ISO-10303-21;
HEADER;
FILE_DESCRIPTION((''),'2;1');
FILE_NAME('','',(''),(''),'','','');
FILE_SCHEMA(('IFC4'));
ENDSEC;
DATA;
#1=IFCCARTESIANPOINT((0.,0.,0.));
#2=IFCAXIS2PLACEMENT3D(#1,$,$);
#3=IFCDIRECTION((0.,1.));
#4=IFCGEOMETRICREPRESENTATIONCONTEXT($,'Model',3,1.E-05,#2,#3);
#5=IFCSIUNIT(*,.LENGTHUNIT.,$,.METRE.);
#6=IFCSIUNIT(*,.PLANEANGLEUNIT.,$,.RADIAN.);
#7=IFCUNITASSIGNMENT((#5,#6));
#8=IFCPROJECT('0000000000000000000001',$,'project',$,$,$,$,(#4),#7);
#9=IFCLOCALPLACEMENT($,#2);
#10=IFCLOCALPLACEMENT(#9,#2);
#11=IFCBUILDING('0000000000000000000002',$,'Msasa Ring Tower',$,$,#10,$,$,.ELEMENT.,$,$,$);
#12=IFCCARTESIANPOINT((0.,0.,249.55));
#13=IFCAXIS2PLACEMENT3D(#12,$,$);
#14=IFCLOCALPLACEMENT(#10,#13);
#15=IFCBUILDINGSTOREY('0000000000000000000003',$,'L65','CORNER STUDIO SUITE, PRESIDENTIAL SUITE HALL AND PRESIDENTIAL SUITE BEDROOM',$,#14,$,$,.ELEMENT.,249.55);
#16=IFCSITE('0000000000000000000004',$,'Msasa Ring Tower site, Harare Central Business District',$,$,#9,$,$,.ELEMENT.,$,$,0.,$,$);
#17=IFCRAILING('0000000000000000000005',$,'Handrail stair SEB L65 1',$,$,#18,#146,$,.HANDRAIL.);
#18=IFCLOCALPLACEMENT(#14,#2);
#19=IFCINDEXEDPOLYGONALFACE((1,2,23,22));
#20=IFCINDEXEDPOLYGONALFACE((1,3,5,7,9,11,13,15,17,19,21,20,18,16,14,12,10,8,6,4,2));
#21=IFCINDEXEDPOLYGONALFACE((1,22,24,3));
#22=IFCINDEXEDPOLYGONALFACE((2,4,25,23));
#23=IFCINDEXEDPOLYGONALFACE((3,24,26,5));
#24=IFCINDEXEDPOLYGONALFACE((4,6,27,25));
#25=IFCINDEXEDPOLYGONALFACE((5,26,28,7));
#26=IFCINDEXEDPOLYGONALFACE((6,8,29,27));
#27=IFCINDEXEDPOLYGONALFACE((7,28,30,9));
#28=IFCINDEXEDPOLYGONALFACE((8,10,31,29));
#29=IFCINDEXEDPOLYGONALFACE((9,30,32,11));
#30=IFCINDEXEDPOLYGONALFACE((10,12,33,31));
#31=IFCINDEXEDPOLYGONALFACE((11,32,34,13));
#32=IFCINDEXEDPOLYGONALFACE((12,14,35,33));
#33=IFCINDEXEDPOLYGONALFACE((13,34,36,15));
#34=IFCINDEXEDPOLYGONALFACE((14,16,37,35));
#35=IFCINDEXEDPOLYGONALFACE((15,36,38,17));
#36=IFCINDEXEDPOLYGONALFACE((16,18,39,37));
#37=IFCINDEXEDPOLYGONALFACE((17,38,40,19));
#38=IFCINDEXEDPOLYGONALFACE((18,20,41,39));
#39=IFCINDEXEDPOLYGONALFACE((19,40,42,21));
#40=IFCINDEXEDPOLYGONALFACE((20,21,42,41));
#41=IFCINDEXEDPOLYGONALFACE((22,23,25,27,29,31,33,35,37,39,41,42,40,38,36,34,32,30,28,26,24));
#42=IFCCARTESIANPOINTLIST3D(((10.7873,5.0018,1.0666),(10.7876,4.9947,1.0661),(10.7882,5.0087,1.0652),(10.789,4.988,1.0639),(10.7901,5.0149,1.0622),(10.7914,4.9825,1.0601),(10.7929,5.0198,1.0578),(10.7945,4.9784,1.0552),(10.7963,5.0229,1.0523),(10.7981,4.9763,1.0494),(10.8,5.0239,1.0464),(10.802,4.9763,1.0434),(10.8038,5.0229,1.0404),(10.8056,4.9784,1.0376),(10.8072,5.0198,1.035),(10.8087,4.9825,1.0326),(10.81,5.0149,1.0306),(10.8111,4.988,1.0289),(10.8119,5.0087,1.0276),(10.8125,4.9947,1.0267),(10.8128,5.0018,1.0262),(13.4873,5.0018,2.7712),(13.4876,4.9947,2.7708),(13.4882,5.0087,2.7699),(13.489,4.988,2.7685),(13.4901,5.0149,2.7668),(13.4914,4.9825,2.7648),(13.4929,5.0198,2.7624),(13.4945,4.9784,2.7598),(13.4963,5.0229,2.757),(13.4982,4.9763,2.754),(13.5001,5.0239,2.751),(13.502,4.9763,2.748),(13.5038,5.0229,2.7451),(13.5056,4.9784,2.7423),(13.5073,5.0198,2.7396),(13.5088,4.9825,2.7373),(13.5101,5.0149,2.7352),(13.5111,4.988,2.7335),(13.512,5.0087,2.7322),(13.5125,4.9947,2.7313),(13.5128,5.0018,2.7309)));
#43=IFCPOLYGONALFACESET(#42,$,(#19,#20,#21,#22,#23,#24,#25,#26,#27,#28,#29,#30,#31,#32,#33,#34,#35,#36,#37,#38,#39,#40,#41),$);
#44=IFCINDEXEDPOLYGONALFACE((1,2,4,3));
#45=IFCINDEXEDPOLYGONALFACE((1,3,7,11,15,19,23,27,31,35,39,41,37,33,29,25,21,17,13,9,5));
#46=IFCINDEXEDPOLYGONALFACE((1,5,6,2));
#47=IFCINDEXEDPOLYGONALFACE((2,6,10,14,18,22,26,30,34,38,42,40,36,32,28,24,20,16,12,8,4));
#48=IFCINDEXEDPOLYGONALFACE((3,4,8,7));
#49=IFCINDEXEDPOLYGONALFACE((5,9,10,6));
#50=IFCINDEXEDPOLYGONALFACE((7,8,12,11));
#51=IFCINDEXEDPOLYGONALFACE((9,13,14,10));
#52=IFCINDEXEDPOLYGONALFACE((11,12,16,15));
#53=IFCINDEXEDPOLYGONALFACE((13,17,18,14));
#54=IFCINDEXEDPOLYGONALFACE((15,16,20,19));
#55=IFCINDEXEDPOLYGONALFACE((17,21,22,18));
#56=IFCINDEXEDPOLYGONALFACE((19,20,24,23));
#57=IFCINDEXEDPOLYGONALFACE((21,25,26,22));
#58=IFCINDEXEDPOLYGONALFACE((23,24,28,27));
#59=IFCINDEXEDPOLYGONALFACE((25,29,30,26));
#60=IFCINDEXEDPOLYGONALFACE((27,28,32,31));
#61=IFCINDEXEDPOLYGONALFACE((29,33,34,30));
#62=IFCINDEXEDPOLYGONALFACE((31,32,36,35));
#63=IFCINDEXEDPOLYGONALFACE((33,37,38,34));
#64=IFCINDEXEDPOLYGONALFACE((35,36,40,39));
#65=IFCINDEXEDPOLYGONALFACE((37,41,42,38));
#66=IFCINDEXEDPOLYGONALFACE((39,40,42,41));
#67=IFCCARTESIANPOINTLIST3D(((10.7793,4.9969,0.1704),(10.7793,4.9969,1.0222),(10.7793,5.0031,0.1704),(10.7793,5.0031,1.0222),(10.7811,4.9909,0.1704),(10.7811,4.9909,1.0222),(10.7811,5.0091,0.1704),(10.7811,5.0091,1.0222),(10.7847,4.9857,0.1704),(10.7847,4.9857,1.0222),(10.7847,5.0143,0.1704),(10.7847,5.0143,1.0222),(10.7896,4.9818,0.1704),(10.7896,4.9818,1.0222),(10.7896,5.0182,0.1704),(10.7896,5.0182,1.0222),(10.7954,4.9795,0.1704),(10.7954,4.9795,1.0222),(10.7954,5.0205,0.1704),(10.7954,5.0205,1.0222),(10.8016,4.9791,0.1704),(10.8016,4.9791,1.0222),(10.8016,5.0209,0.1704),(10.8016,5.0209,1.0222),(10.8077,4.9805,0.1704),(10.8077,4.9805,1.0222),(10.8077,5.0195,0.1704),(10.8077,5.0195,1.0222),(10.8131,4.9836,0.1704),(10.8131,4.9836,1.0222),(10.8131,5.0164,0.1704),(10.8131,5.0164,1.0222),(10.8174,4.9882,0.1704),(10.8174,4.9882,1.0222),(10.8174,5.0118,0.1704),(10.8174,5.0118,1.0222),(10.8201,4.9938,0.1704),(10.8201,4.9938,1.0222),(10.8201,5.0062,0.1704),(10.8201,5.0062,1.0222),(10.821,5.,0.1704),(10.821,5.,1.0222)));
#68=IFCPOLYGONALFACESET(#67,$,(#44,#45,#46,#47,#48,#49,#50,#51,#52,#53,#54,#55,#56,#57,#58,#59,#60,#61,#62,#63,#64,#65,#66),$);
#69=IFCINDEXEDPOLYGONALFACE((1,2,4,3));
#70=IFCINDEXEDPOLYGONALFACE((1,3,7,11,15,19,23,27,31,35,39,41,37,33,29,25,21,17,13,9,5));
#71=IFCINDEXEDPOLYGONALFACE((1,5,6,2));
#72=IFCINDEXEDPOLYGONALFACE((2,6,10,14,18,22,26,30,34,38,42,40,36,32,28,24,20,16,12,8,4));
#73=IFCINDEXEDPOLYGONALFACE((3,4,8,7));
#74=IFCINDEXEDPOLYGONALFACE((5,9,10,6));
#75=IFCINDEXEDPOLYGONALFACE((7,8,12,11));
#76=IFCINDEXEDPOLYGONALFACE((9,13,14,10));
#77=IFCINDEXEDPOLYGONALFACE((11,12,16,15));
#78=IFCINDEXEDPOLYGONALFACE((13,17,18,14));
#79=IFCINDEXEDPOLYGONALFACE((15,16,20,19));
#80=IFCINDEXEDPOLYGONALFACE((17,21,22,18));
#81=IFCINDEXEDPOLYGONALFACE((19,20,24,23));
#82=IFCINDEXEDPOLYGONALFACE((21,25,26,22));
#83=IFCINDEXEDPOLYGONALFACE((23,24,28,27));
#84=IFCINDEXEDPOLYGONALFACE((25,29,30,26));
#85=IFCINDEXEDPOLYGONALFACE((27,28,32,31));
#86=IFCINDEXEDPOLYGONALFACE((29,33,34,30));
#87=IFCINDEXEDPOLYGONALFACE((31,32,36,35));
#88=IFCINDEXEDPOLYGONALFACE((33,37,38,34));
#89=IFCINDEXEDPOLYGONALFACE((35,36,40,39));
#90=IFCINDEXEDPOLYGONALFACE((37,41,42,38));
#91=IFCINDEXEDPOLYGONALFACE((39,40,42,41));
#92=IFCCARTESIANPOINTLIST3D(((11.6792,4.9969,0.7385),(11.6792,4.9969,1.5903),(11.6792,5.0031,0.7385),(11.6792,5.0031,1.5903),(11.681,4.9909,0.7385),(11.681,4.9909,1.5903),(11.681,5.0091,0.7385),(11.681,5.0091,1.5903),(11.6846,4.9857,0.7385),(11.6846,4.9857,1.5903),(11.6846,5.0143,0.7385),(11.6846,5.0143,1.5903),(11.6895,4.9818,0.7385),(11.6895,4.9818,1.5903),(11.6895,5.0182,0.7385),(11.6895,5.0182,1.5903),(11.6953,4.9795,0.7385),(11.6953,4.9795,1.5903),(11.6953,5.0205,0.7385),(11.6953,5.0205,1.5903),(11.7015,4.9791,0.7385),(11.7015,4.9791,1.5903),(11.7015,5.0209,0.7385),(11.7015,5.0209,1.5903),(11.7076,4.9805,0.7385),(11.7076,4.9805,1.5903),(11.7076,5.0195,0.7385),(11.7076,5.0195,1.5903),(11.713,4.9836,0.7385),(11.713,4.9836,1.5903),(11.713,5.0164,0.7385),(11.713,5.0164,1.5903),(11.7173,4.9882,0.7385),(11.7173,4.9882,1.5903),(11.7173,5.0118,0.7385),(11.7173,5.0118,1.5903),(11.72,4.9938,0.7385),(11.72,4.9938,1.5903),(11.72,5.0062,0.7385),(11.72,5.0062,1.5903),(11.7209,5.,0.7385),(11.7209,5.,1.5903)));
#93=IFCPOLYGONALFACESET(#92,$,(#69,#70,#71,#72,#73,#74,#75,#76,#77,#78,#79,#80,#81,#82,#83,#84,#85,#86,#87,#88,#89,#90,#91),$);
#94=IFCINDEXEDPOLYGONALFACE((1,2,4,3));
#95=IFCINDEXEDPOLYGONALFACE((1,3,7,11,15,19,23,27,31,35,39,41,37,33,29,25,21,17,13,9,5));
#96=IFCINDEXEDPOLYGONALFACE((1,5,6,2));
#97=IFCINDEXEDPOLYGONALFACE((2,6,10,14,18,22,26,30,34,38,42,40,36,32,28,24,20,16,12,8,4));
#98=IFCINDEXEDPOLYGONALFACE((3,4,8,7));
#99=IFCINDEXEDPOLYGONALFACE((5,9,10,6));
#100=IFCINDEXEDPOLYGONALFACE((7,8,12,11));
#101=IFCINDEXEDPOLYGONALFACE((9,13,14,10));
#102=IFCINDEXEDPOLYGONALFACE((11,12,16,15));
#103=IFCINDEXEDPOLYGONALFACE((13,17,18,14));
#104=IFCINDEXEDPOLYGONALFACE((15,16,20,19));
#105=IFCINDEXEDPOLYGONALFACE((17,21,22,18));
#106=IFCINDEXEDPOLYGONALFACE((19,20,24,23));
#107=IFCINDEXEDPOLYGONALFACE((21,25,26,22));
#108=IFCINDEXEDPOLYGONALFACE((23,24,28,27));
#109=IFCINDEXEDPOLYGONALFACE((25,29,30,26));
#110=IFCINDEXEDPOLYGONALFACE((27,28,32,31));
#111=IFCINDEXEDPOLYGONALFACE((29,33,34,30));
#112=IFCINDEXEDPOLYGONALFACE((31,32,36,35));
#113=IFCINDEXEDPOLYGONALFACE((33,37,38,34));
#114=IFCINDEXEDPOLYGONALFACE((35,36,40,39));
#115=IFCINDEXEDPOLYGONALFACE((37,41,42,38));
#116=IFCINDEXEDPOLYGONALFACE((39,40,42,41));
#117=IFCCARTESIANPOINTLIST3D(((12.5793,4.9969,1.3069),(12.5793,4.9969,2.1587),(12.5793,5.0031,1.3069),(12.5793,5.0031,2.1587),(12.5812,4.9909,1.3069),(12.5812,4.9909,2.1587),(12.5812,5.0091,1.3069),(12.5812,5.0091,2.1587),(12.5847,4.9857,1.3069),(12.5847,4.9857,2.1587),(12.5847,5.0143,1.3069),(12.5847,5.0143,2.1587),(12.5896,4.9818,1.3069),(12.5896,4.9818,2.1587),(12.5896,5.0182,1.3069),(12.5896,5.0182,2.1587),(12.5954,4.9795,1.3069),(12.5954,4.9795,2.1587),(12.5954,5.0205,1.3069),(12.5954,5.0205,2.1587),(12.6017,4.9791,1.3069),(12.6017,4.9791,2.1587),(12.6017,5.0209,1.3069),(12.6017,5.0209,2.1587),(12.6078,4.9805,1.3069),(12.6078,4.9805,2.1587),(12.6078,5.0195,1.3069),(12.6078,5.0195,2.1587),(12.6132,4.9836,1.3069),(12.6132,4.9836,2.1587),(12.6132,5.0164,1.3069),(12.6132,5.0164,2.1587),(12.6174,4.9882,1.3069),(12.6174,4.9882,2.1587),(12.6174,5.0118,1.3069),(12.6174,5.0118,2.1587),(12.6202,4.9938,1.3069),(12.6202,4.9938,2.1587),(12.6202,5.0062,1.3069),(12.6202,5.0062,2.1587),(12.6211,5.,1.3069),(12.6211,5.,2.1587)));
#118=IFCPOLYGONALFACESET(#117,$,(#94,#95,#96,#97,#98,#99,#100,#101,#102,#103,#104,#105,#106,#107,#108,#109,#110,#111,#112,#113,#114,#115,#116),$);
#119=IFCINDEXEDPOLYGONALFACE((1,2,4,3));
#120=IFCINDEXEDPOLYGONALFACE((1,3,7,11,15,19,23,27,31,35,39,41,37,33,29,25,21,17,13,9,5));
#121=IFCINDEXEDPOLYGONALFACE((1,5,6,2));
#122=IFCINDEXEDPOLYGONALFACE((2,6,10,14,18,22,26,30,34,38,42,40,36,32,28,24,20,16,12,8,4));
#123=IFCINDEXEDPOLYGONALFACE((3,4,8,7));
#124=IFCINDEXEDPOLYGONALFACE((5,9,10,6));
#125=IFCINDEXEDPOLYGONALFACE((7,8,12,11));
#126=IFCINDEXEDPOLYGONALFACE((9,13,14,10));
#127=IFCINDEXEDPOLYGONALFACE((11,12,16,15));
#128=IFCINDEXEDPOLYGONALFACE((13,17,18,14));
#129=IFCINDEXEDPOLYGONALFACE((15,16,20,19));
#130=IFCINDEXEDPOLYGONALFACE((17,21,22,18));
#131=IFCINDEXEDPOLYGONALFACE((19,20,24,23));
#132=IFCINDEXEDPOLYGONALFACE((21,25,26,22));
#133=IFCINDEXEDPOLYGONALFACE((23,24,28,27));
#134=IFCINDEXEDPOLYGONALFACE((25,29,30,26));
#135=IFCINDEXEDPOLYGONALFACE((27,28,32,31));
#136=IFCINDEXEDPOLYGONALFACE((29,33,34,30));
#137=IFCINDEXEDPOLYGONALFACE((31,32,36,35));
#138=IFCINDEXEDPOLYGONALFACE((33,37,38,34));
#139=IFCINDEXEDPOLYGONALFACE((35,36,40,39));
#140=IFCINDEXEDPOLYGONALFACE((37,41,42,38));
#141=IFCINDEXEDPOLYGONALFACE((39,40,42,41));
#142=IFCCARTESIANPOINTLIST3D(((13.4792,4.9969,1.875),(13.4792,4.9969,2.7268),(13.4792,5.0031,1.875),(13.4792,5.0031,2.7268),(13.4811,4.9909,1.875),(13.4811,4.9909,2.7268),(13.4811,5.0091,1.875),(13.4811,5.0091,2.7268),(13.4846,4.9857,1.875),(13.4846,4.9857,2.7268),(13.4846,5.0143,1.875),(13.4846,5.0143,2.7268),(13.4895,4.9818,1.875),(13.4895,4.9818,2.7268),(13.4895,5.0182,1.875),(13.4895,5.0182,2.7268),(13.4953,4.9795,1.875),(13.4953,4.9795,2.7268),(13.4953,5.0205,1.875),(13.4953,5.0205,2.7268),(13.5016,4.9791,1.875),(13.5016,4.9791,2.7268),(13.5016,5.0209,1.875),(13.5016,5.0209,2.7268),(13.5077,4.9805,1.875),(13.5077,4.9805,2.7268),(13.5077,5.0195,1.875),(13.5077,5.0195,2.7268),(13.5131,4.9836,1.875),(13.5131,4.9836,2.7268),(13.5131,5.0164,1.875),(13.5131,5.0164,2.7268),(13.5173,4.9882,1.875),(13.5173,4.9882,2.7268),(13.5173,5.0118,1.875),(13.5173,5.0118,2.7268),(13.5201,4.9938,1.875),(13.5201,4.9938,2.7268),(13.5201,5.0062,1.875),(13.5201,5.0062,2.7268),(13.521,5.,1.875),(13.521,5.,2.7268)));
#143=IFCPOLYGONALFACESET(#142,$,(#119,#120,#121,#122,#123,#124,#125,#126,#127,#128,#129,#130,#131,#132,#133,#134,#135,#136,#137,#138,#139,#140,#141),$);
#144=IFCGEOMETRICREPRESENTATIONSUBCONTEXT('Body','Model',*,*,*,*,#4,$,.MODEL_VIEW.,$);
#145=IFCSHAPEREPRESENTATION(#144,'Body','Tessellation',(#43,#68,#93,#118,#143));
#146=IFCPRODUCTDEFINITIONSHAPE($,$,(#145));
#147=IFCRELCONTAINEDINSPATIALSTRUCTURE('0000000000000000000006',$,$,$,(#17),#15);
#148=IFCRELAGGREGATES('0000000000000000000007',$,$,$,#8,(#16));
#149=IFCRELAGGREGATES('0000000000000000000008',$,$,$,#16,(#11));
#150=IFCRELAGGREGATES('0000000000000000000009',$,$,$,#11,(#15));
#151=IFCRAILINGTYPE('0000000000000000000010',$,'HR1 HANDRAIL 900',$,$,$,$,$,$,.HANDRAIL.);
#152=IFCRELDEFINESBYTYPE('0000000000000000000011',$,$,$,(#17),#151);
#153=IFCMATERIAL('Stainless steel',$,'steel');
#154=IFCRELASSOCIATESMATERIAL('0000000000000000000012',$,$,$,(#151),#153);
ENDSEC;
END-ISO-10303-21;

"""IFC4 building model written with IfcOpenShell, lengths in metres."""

from ifc_helpers import new_model, si_unit, direction, frame, origin, origin_2d, place, context, subcontext, project, spatial, circle, extrude, material, type_object, element, save


model = new_model("IFC4")

# Units and contexts
model_context = context("Model", 3, precision=1e-05, world=origin(), true_north=direction((0.0, 1.0)))
body_context = subcontext(model_context, "Body", "Model", "MODEL_VIEW")
ifc_project = project(units=[si_unit("LENGTHUNIT", "METRE"), si_unit("PLANEANGLEUNIT", "RADIAN")], contexts=[model_context])

# Site, building, storey
site_placement = place(None, origin())
site = spatial("IfcSite", under=ifc_project, at=site_placement, Name="Msasa Ring Tower site, Harare Central Business District", CompositionType="ELEMENT", RefElevation=0.0)
building_placement = place(site_placement, origin())
building = spatial("IfcBuilding", under=site, at=building_placement, Name="Msasa Ring Tower", CompositionType="ELEMENT")
storey_placement = place(building_placement, frame((0.0, 0.0, 249.55)))
storey = spatial("IfcBuildingStorey", under=building, at=storey_placement, Name="L65", Description="CORNER STUDIO SUITE, PRESIDENTIAL SUITE HALL AND PRESIDENTIAL SUITE BEDROOM", CompositionType="ELEMENT", Elevation=249.55)

# Railing
ifc_material_1 = material(Name="Stainless steel", Category="steel")
railing_type = type_object("IfcRailingType", Name="HR1 HANDRAIL 900", PredefinedType="HANDRAIL", material=ifc_material_1)
for number, where, name in (
    (1, (10.8, 5.0, 0.1704), "Handrail stair SEB L65 1"),
):
    element("IfcRailing", number, at=place(storey_placement, frame(where)), inside=storey, type_object=railing_type, Name=name, PredefinedType="HANDRAIL", context=body_context, shape_type="SweptSolid", body=[
        extrude(circle(Radius=0.0239, at=origin_2d()), frame((0.0, 0.0, 0.876), z_axis=(0.84558, 0.0, 0.533849), x_axis=(0.0, 1.0, 0.0)), (0.0, 0.0, 1.0), 3.1931),
        extrude(circle(Radius=0.021, at=origin_2d()), origin(), (0.0, 0.0, 1.0), 0.8518),
        extrude(circle(Radius=0.021, at=origin_2d()), frame((0.8999, 0.0, 0.5681)), (0.0, 0.0, 1.0), 0.8518),
        extrude(circle(Radius=0.021, at=origin_2d()), frame((1.8, 0.0, 1.1365)), (0.0, 0.0, 1.0), 0.8518),
        extrude(circle(Radius=0.021, at=origin_2d()), frame((2.7, 0.0, 1.7046)), (0.0, 0.0, 1.0), 0.8518),
    ])

save(model, "model.ifc")
